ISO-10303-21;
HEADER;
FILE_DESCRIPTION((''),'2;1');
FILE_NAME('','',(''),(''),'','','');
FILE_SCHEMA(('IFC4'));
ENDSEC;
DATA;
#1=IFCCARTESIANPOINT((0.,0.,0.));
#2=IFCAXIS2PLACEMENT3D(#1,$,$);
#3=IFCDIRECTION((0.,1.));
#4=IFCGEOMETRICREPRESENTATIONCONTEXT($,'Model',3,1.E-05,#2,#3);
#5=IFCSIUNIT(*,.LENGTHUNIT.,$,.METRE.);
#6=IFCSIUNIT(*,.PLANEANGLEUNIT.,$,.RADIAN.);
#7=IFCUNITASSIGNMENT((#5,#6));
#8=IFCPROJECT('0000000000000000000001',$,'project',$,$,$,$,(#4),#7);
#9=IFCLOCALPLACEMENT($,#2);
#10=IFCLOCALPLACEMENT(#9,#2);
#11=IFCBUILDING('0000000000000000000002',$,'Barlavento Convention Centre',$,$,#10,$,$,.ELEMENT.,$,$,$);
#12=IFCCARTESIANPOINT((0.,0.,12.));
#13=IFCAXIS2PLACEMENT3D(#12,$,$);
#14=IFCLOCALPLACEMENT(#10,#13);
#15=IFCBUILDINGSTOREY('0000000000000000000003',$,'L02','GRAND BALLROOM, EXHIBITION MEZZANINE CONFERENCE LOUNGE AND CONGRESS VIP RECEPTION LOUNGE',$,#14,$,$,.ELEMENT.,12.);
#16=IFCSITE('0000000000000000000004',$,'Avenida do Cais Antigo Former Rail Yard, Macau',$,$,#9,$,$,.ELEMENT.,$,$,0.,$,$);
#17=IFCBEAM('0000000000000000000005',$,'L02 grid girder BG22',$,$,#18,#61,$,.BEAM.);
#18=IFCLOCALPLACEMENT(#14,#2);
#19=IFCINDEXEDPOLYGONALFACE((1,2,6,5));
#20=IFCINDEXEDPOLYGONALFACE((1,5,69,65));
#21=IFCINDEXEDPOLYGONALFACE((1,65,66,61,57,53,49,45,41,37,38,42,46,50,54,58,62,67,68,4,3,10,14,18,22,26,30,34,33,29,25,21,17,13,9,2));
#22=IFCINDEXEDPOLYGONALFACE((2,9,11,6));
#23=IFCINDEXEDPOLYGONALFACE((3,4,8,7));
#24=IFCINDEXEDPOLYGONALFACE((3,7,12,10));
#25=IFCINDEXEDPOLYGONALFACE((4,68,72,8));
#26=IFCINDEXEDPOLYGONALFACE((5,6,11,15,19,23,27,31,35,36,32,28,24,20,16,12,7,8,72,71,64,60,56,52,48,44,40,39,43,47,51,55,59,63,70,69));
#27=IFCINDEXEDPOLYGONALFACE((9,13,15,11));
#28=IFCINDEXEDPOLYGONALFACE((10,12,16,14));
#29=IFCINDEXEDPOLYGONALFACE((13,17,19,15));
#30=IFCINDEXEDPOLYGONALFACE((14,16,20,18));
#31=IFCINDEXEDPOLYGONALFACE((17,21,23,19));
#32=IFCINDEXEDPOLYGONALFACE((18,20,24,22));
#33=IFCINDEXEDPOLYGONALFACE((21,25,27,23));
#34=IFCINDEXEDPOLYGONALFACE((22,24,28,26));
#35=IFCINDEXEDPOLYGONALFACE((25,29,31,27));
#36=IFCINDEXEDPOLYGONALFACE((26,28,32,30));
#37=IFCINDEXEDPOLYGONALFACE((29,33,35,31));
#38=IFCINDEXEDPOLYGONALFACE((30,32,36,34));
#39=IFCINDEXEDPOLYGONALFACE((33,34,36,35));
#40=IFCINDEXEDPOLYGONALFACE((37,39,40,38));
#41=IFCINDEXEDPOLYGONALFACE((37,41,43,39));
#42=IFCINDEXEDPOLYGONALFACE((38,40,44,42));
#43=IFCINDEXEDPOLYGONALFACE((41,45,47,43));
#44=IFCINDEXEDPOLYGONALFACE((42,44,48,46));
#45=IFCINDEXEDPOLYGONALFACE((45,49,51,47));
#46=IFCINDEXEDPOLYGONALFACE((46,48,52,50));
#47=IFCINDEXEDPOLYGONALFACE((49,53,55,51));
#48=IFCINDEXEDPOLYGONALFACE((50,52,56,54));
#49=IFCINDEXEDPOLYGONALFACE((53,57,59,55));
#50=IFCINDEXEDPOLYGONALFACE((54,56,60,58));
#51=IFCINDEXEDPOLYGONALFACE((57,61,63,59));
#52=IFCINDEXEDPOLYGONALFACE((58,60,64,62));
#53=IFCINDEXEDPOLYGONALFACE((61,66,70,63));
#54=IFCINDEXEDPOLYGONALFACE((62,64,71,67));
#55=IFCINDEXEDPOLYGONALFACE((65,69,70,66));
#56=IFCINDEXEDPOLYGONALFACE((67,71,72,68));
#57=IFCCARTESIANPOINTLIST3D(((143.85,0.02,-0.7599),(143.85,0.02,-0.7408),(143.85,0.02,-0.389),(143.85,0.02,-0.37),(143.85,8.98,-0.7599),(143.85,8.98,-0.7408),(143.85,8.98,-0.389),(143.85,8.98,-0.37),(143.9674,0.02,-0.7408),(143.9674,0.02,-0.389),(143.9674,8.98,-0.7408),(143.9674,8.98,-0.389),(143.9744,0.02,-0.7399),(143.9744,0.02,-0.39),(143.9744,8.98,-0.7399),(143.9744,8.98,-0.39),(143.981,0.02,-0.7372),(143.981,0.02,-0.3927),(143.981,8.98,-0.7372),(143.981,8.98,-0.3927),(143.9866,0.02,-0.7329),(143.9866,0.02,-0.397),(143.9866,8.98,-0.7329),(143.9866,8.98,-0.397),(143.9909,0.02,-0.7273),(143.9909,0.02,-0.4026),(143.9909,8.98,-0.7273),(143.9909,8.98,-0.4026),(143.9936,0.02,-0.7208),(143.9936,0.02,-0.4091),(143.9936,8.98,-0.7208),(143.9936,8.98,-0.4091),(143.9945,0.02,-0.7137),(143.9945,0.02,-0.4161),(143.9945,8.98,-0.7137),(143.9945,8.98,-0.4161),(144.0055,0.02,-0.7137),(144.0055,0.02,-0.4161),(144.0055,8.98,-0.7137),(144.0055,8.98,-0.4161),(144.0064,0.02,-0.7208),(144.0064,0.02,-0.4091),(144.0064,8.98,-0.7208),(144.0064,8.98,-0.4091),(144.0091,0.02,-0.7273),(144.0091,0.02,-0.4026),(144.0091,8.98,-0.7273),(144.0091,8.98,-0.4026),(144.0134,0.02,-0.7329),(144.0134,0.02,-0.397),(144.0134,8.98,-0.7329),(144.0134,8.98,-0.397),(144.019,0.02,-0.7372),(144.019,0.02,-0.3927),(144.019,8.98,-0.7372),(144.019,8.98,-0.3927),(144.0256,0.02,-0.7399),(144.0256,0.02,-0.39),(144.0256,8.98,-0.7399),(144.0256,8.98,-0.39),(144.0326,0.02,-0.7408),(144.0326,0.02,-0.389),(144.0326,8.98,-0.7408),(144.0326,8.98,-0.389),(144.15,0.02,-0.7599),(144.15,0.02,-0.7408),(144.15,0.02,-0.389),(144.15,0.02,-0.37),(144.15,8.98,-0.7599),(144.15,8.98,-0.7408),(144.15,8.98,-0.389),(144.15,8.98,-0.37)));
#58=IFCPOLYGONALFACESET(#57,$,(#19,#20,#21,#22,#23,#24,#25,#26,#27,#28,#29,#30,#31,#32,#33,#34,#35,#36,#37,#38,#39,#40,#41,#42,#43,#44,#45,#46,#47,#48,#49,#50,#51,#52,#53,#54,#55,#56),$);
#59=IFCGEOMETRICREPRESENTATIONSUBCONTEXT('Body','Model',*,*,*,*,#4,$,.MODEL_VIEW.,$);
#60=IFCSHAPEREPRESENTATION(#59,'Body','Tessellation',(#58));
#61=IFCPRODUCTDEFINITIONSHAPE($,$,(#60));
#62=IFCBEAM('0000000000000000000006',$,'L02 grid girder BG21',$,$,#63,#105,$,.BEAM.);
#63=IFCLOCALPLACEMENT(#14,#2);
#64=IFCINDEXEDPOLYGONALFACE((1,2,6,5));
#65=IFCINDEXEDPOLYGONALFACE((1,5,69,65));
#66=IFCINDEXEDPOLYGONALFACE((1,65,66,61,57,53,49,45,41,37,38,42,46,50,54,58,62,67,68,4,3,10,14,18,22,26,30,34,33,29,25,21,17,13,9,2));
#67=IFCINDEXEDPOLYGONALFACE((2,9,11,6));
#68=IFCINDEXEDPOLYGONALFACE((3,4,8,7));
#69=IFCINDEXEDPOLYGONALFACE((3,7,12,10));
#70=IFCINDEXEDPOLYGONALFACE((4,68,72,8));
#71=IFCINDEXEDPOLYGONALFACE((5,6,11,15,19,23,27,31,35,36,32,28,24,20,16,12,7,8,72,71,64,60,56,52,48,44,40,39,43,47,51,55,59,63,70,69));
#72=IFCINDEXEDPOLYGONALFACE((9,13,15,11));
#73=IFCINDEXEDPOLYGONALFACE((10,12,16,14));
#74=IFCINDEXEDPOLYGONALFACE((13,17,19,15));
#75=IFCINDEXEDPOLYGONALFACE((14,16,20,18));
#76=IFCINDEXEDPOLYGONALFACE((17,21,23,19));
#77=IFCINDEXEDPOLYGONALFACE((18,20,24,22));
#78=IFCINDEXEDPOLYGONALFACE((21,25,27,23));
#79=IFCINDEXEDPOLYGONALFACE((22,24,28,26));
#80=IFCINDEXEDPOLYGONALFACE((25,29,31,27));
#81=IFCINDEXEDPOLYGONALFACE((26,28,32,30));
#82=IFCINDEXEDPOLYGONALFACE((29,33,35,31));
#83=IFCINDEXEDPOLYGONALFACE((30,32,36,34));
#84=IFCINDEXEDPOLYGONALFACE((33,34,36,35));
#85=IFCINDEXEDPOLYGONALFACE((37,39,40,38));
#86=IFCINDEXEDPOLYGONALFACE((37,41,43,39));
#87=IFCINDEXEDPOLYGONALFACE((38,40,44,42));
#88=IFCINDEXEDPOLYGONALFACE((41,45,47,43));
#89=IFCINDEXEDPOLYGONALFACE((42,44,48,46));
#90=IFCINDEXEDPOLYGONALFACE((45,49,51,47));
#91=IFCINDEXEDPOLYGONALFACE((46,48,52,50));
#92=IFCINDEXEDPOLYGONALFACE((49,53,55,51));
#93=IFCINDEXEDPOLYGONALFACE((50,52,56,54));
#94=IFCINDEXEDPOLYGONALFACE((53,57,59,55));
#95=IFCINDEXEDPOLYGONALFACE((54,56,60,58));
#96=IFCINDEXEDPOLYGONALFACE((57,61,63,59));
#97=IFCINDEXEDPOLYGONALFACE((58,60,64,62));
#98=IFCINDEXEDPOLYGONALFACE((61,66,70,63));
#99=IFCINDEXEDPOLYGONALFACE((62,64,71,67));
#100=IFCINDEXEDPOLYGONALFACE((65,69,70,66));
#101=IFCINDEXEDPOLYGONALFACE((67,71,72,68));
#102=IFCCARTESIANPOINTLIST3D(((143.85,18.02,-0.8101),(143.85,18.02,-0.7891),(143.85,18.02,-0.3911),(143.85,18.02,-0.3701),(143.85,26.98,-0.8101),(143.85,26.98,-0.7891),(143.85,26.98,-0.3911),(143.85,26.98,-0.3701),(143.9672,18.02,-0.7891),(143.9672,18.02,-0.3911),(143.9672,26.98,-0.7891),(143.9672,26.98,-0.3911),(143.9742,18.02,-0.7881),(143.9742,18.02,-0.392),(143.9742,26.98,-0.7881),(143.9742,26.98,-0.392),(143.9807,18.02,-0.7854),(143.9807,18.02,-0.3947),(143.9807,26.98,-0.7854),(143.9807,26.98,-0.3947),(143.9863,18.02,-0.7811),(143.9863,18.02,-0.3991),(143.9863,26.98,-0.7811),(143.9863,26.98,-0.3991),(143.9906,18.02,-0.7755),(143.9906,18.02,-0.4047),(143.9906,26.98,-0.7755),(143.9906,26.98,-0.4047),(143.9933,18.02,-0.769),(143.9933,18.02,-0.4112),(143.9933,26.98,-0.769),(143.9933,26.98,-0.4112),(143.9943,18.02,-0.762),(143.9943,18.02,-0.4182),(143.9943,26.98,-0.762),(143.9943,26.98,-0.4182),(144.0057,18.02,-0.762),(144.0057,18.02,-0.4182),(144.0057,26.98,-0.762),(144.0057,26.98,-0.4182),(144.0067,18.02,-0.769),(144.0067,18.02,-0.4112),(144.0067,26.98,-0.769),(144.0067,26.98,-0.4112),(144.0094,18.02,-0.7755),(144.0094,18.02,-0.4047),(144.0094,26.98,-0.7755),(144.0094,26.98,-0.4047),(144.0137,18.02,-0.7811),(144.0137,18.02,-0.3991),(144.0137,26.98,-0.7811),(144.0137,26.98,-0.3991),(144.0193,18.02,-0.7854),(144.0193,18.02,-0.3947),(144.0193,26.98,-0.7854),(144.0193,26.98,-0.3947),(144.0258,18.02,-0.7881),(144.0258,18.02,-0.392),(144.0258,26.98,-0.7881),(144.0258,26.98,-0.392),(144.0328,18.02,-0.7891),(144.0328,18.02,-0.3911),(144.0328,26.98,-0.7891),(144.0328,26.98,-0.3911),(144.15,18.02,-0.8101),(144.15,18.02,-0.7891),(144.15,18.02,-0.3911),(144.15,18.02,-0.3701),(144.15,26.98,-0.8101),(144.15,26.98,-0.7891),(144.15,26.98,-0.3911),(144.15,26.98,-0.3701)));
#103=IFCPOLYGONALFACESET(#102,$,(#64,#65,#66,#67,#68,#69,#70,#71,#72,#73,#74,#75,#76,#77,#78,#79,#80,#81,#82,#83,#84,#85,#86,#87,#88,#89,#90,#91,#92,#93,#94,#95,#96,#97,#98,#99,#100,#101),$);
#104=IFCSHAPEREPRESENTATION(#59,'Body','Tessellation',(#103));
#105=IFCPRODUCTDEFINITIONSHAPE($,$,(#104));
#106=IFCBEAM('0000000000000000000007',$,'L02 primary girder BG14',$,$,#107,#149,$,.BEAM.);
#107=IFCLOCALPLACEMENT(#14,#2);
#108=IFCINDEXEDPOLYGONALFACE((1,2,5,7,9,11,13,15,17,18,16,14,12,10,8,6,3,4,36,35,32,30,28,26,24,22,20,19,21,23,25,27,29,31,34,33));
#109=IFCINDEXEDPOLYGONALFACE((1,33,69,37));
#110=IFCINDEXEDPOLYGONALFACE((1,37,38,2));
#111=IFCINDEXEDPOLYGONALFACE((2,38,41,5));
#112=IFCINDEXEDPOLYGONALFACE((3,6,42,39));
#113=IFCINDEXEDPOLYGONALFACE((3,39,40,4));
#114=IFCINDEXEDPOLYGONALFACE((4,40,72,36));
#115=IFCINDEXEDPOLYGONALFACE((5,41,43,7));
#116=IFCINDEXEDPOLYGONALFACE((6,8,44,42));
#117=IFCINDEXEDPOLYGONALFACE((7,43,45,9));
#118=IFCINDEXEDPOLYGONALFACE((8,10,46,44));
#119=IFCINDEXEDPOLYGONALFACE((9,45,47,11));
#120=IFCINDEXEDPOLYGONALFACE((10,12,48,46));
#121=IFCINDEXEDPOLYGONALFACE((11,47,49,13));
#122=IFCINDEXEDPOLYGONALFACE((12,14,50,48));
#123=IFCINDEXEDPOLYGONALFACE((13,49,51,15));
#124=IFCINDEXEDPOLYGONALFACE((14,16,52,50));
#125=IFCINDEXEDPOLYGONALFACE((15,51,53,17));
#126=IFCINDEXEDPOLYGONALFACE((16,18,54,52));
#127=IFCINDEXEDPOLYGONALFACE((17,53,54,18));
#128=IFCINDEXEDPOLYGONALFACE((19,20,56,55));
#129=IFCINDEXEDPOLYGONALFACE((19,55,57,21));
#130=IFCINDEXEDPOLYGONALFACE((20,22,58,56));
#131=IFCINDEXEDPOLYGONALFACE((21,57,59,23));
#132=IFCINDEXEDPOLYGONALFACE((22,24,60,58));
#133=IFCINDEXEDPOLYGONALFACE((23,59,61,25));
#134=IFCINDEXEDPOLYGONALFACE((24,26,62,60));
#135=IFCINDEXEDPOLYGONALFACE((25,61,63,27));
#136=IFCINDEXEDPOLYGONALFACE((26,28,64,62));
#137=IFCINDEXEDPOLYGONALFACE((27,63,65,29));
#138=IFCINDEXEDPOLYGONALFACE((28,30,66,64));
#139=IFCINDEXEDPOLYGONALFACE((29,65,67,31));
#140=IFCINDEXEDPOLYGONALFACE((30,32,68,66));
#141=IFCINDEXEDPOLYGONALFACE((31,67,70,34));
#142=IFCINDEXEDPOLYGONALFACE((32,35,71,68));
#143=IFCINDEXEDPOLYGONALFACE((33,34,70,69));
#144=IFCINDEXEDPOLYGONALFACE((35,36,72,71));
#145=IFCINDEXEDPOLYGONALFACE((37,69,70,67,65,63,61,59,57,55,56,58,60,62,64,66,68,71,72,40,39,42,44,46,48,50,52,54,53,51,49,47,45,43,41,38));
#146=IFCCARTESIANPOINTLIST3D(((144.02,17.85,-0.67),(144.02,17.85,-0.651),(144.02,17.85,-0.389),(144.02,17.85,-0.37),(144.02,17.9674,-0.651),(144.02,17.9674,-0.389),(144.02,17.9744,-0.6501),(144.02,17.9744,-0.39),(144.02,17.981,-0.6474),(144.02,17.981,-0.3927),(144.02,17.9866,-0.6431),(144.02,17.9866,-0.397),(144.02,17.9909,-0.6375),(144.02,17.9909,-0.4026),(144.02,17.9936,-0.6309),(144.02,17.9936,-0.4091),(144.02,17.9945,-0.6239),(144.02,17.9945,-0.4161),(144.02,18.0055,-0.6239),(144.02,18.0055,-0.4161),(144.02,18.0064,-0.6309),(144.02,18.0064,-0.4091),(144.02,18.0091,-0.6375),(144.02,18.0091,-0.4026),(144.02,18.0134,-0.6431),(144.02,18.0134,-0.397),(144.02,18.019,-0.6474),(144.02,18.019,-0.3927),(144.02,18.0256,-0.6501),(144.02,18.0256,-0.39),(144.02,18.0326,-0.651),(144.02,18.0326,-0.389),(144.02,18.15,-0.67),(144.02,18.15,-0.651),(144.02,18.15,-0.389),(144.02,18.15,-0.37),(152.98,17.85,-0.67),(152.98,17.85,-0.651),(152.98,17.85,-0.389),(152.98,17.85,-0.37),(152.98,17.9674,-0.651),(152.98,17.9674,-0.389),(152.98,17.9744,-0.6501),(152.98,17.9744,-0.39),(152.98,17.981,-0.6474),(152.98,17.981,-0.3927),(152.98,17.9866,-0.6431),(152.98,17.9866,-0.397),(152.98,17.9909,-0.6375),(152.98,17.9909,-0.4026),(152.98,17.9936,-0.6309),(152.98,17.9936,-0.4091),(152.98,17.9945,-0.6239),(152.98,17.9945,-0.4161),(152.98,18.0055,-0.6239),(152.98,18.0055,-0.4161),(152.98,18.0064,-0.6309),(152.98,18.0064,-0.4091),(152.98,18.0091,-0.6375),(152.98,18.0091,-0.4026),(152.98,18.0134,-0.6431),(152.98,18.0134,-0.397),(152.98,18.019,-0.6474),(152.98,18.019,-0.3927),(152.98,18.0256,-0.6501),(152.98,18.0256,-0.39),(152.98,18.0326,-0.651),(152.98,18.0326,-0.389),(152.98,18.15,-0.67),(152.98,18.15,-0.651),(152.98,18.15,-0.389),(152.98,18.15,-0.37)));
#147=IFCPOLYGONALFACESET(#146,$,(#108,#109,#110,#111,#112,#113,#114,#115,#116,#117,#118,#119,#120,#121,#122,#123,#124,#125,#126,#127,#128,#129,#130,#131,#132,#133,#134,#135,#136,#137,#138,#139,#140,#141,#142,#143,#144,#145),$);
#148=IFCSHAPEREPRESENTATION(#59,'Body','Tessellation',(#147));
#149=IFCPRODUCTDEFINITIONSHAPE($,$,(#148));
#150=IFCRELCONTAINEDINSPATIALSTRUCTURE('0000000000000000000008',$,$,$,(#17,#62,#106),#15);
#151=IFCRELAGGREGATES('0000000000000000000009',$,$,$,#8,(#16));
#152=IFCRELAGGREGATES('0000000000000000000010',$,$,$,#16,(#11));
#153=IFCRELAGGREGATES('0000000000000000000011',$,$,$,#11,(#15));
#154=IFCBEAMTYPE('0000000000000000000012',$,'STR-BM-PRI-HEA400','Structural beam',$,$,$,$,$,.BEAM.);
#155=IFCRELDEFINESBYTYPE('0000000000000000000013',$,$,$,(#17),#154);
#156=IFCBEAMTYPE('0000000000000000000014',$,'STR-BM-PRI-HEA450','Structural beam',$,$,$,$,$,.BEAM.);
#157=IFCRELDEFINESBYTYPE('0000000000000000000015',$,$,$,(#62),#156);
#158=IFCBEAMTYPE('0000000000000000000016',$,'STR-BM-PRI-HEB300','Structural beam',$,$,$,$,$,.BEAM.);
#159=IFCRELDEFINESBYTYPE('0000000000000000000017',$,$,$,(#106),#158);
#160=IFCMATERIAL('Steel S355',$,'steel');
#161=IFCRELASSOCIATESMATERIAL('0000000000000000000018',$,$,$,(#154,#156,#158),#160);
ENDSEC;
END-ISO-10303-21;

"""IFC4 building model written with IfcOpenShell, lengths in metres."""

from ifc_helpers import new_model, si_unit, direction, frame, origin, origin_2d, place, context, subcontext, project, spatial, i_section, extrude, material, material_profile, profile_set, type_object, element, save


model = new_model("IFC4")

# Units and contexts
model_context = context("Model", 3, precision=1e-05, world=origin(), true_north=direction((0.0, 1.0)))
body_context = subcontext(model_context, "Body", "Model", "MODEL_VIEW")
ifc_project = project(units=[si_unit("LENGTHUNIT", "METRE"), si_unit("PLANEANGLEUNIT", "RADIAN")], contexts=[model_context])

# Site, building, storey
site_placement = place(None, origin())
site = spatial("IfcSite", under=ifc_project, at=site_placement, Name="Avenida do Cais Antigo Former Rail Yard, Macau", CompositionType="ELEMENT", RefElevation=0.0)
building_placement = place(site_placement, origin())
building = spatial("IfcBuilding", under=site, at=building_placement, Name="Barlavento Convention Centre", CompositionType="ELEMENT")
storey_placement = place(building_placement, frame((0.0, 0.0, 12.0)))
storey = spatial("IfcBuildingStorey", under=building, at=storey_placement, Name="L02", Description="GRAND BALLROOM, EXHIBITION MEZZANINE CONFERENCE LOUNGE AND CONGRESS VIP RECEPTION LOUNGE", CompositionType="ELEMENT", Elevation=12.0)

# Beams
ifc_material_1 = material(Name="Steel S355", Category="steel")
ifc_material_profile_1 = material_profile(ifc_material_1, i_section(OverallWidth=0.3, OverallDepth=0.3899, WebThickness=0.011, FlangeThickness=0.019, FilletRadius=0.0271, at=origin_2d()), Name="HEA 400")
ifc_profile_set_1 = profile_set([ifc_material_profile_1], Name="Steel S355")
beam_type_1 = type_object("IfcBeamType", Name="STR-BM-PRI-HEA400", Description="Structural beam", PredefinedType="BEAM", material=ifc_profile_set_1)
beam_1_placement = place(storey_placement, frame((144.0, 0.02, -0.5649), z_axis=(0.0, 1.0, 0.0), x_axis=(-1.0, 0.0, 0.0)))
element("IfcBeam", 1, at=beam_1_placement, inside=storey, type_object=beam_type_1, Name="L02 grid girder BG22", PredefinedType="BEAM", context=body_context, shape_type="SweptSolid", body=[
    extrude(i_section(OverallWidth=0.3, OverallDepth=0.3899, WebThickness=0.011, FlangeThickness=0.019, FilletRadius=0.0271, at=origin_2d()), origin(), (0.0, 0.0, 1.0), 8.96),
])
ifc_material_profile_2 = material_profile(ifc_material_1, i_section(OverallWidth=0.3, OverallDepth=0.4399, WebThickness=0.0115, FlangeThickness=0.021, FilletRadius=0.0271, at=origin_2d()), Name="HEA 450")
ifc_profile_set_2 = profile_set([ifc_material_profile_2], Name="Steel S355")
beam_type_2 = type_object("IfcBeamType", Name="STR-BM-PRI-HEA450", Description="Structural beam", PredefinedType="BEAM", material=ifc_profile_set_2)
beam_2_placement = place(storey_placement, frame((144.0, 18.02, -0.5901), z_axis=(0.0, 1.0, 0.0), x_axis=(-1.0, 0.0, 0.0)))
element("IfcBeam", 2, at=beam_2_placement, inside=storey, type_object=beam_type_2, Name="L02 grid girder BG21", PredefinedType="BEAM", context=body_context, shape_type="SweptSolid", body=[
    extrude(i_section(OverallWidth=0.3, OverallDepth=0.4399, WebThickness=0.0115, FlangeThickness=0.021, FilletRadius=0.0271, at=origin_2d()), origin(), (0.0, 0.0, 1.0), 8.96),
])
ifc_material_profile_3 = material_profile(ifc_material_1, i_section(OverallWidth=0.3, OverallDepth=0.3, WebThickness=0.011, FlangeThickness=0.019, FilletRadius=0.0271, at=origin_2d()), Name="HEB 300")
ifc_profile_set_3 = profile_set([ifc_material_profile_3], Name="Steel S355")
beam_type_3 = type_object("IfcBeamType", Name="STR-BM-PRI-HEB300", Description="Structural beam", PredefinedType="BEAM", material=ifc_profile_set_3)
beam_3_placement = place(storey_placement, frame((144.02, 18.0, -0.52), z_axis=(1.0, 0.0, 0.0), x_axis=(0.0, 1.0, 0.0)))
element("IfcBeam", 3, at=beam_3_placement, inside=storey, type_object=beam_type_3, Name="L02 primary girder BG14", PredefinedType="BEAM", context=body_context, shape_type="SweptSolid", body=[
    extrude(i_section(OverallWidth=0.3, OverallDepth=0.3, WebThickness=0.011, FlangeThickness=0.019, FilletRadius=0.0271, at=origin_2d()), origin(), (0.0, 0.0, 1.0), 8.96),
])

save(model, "model.ifc")
